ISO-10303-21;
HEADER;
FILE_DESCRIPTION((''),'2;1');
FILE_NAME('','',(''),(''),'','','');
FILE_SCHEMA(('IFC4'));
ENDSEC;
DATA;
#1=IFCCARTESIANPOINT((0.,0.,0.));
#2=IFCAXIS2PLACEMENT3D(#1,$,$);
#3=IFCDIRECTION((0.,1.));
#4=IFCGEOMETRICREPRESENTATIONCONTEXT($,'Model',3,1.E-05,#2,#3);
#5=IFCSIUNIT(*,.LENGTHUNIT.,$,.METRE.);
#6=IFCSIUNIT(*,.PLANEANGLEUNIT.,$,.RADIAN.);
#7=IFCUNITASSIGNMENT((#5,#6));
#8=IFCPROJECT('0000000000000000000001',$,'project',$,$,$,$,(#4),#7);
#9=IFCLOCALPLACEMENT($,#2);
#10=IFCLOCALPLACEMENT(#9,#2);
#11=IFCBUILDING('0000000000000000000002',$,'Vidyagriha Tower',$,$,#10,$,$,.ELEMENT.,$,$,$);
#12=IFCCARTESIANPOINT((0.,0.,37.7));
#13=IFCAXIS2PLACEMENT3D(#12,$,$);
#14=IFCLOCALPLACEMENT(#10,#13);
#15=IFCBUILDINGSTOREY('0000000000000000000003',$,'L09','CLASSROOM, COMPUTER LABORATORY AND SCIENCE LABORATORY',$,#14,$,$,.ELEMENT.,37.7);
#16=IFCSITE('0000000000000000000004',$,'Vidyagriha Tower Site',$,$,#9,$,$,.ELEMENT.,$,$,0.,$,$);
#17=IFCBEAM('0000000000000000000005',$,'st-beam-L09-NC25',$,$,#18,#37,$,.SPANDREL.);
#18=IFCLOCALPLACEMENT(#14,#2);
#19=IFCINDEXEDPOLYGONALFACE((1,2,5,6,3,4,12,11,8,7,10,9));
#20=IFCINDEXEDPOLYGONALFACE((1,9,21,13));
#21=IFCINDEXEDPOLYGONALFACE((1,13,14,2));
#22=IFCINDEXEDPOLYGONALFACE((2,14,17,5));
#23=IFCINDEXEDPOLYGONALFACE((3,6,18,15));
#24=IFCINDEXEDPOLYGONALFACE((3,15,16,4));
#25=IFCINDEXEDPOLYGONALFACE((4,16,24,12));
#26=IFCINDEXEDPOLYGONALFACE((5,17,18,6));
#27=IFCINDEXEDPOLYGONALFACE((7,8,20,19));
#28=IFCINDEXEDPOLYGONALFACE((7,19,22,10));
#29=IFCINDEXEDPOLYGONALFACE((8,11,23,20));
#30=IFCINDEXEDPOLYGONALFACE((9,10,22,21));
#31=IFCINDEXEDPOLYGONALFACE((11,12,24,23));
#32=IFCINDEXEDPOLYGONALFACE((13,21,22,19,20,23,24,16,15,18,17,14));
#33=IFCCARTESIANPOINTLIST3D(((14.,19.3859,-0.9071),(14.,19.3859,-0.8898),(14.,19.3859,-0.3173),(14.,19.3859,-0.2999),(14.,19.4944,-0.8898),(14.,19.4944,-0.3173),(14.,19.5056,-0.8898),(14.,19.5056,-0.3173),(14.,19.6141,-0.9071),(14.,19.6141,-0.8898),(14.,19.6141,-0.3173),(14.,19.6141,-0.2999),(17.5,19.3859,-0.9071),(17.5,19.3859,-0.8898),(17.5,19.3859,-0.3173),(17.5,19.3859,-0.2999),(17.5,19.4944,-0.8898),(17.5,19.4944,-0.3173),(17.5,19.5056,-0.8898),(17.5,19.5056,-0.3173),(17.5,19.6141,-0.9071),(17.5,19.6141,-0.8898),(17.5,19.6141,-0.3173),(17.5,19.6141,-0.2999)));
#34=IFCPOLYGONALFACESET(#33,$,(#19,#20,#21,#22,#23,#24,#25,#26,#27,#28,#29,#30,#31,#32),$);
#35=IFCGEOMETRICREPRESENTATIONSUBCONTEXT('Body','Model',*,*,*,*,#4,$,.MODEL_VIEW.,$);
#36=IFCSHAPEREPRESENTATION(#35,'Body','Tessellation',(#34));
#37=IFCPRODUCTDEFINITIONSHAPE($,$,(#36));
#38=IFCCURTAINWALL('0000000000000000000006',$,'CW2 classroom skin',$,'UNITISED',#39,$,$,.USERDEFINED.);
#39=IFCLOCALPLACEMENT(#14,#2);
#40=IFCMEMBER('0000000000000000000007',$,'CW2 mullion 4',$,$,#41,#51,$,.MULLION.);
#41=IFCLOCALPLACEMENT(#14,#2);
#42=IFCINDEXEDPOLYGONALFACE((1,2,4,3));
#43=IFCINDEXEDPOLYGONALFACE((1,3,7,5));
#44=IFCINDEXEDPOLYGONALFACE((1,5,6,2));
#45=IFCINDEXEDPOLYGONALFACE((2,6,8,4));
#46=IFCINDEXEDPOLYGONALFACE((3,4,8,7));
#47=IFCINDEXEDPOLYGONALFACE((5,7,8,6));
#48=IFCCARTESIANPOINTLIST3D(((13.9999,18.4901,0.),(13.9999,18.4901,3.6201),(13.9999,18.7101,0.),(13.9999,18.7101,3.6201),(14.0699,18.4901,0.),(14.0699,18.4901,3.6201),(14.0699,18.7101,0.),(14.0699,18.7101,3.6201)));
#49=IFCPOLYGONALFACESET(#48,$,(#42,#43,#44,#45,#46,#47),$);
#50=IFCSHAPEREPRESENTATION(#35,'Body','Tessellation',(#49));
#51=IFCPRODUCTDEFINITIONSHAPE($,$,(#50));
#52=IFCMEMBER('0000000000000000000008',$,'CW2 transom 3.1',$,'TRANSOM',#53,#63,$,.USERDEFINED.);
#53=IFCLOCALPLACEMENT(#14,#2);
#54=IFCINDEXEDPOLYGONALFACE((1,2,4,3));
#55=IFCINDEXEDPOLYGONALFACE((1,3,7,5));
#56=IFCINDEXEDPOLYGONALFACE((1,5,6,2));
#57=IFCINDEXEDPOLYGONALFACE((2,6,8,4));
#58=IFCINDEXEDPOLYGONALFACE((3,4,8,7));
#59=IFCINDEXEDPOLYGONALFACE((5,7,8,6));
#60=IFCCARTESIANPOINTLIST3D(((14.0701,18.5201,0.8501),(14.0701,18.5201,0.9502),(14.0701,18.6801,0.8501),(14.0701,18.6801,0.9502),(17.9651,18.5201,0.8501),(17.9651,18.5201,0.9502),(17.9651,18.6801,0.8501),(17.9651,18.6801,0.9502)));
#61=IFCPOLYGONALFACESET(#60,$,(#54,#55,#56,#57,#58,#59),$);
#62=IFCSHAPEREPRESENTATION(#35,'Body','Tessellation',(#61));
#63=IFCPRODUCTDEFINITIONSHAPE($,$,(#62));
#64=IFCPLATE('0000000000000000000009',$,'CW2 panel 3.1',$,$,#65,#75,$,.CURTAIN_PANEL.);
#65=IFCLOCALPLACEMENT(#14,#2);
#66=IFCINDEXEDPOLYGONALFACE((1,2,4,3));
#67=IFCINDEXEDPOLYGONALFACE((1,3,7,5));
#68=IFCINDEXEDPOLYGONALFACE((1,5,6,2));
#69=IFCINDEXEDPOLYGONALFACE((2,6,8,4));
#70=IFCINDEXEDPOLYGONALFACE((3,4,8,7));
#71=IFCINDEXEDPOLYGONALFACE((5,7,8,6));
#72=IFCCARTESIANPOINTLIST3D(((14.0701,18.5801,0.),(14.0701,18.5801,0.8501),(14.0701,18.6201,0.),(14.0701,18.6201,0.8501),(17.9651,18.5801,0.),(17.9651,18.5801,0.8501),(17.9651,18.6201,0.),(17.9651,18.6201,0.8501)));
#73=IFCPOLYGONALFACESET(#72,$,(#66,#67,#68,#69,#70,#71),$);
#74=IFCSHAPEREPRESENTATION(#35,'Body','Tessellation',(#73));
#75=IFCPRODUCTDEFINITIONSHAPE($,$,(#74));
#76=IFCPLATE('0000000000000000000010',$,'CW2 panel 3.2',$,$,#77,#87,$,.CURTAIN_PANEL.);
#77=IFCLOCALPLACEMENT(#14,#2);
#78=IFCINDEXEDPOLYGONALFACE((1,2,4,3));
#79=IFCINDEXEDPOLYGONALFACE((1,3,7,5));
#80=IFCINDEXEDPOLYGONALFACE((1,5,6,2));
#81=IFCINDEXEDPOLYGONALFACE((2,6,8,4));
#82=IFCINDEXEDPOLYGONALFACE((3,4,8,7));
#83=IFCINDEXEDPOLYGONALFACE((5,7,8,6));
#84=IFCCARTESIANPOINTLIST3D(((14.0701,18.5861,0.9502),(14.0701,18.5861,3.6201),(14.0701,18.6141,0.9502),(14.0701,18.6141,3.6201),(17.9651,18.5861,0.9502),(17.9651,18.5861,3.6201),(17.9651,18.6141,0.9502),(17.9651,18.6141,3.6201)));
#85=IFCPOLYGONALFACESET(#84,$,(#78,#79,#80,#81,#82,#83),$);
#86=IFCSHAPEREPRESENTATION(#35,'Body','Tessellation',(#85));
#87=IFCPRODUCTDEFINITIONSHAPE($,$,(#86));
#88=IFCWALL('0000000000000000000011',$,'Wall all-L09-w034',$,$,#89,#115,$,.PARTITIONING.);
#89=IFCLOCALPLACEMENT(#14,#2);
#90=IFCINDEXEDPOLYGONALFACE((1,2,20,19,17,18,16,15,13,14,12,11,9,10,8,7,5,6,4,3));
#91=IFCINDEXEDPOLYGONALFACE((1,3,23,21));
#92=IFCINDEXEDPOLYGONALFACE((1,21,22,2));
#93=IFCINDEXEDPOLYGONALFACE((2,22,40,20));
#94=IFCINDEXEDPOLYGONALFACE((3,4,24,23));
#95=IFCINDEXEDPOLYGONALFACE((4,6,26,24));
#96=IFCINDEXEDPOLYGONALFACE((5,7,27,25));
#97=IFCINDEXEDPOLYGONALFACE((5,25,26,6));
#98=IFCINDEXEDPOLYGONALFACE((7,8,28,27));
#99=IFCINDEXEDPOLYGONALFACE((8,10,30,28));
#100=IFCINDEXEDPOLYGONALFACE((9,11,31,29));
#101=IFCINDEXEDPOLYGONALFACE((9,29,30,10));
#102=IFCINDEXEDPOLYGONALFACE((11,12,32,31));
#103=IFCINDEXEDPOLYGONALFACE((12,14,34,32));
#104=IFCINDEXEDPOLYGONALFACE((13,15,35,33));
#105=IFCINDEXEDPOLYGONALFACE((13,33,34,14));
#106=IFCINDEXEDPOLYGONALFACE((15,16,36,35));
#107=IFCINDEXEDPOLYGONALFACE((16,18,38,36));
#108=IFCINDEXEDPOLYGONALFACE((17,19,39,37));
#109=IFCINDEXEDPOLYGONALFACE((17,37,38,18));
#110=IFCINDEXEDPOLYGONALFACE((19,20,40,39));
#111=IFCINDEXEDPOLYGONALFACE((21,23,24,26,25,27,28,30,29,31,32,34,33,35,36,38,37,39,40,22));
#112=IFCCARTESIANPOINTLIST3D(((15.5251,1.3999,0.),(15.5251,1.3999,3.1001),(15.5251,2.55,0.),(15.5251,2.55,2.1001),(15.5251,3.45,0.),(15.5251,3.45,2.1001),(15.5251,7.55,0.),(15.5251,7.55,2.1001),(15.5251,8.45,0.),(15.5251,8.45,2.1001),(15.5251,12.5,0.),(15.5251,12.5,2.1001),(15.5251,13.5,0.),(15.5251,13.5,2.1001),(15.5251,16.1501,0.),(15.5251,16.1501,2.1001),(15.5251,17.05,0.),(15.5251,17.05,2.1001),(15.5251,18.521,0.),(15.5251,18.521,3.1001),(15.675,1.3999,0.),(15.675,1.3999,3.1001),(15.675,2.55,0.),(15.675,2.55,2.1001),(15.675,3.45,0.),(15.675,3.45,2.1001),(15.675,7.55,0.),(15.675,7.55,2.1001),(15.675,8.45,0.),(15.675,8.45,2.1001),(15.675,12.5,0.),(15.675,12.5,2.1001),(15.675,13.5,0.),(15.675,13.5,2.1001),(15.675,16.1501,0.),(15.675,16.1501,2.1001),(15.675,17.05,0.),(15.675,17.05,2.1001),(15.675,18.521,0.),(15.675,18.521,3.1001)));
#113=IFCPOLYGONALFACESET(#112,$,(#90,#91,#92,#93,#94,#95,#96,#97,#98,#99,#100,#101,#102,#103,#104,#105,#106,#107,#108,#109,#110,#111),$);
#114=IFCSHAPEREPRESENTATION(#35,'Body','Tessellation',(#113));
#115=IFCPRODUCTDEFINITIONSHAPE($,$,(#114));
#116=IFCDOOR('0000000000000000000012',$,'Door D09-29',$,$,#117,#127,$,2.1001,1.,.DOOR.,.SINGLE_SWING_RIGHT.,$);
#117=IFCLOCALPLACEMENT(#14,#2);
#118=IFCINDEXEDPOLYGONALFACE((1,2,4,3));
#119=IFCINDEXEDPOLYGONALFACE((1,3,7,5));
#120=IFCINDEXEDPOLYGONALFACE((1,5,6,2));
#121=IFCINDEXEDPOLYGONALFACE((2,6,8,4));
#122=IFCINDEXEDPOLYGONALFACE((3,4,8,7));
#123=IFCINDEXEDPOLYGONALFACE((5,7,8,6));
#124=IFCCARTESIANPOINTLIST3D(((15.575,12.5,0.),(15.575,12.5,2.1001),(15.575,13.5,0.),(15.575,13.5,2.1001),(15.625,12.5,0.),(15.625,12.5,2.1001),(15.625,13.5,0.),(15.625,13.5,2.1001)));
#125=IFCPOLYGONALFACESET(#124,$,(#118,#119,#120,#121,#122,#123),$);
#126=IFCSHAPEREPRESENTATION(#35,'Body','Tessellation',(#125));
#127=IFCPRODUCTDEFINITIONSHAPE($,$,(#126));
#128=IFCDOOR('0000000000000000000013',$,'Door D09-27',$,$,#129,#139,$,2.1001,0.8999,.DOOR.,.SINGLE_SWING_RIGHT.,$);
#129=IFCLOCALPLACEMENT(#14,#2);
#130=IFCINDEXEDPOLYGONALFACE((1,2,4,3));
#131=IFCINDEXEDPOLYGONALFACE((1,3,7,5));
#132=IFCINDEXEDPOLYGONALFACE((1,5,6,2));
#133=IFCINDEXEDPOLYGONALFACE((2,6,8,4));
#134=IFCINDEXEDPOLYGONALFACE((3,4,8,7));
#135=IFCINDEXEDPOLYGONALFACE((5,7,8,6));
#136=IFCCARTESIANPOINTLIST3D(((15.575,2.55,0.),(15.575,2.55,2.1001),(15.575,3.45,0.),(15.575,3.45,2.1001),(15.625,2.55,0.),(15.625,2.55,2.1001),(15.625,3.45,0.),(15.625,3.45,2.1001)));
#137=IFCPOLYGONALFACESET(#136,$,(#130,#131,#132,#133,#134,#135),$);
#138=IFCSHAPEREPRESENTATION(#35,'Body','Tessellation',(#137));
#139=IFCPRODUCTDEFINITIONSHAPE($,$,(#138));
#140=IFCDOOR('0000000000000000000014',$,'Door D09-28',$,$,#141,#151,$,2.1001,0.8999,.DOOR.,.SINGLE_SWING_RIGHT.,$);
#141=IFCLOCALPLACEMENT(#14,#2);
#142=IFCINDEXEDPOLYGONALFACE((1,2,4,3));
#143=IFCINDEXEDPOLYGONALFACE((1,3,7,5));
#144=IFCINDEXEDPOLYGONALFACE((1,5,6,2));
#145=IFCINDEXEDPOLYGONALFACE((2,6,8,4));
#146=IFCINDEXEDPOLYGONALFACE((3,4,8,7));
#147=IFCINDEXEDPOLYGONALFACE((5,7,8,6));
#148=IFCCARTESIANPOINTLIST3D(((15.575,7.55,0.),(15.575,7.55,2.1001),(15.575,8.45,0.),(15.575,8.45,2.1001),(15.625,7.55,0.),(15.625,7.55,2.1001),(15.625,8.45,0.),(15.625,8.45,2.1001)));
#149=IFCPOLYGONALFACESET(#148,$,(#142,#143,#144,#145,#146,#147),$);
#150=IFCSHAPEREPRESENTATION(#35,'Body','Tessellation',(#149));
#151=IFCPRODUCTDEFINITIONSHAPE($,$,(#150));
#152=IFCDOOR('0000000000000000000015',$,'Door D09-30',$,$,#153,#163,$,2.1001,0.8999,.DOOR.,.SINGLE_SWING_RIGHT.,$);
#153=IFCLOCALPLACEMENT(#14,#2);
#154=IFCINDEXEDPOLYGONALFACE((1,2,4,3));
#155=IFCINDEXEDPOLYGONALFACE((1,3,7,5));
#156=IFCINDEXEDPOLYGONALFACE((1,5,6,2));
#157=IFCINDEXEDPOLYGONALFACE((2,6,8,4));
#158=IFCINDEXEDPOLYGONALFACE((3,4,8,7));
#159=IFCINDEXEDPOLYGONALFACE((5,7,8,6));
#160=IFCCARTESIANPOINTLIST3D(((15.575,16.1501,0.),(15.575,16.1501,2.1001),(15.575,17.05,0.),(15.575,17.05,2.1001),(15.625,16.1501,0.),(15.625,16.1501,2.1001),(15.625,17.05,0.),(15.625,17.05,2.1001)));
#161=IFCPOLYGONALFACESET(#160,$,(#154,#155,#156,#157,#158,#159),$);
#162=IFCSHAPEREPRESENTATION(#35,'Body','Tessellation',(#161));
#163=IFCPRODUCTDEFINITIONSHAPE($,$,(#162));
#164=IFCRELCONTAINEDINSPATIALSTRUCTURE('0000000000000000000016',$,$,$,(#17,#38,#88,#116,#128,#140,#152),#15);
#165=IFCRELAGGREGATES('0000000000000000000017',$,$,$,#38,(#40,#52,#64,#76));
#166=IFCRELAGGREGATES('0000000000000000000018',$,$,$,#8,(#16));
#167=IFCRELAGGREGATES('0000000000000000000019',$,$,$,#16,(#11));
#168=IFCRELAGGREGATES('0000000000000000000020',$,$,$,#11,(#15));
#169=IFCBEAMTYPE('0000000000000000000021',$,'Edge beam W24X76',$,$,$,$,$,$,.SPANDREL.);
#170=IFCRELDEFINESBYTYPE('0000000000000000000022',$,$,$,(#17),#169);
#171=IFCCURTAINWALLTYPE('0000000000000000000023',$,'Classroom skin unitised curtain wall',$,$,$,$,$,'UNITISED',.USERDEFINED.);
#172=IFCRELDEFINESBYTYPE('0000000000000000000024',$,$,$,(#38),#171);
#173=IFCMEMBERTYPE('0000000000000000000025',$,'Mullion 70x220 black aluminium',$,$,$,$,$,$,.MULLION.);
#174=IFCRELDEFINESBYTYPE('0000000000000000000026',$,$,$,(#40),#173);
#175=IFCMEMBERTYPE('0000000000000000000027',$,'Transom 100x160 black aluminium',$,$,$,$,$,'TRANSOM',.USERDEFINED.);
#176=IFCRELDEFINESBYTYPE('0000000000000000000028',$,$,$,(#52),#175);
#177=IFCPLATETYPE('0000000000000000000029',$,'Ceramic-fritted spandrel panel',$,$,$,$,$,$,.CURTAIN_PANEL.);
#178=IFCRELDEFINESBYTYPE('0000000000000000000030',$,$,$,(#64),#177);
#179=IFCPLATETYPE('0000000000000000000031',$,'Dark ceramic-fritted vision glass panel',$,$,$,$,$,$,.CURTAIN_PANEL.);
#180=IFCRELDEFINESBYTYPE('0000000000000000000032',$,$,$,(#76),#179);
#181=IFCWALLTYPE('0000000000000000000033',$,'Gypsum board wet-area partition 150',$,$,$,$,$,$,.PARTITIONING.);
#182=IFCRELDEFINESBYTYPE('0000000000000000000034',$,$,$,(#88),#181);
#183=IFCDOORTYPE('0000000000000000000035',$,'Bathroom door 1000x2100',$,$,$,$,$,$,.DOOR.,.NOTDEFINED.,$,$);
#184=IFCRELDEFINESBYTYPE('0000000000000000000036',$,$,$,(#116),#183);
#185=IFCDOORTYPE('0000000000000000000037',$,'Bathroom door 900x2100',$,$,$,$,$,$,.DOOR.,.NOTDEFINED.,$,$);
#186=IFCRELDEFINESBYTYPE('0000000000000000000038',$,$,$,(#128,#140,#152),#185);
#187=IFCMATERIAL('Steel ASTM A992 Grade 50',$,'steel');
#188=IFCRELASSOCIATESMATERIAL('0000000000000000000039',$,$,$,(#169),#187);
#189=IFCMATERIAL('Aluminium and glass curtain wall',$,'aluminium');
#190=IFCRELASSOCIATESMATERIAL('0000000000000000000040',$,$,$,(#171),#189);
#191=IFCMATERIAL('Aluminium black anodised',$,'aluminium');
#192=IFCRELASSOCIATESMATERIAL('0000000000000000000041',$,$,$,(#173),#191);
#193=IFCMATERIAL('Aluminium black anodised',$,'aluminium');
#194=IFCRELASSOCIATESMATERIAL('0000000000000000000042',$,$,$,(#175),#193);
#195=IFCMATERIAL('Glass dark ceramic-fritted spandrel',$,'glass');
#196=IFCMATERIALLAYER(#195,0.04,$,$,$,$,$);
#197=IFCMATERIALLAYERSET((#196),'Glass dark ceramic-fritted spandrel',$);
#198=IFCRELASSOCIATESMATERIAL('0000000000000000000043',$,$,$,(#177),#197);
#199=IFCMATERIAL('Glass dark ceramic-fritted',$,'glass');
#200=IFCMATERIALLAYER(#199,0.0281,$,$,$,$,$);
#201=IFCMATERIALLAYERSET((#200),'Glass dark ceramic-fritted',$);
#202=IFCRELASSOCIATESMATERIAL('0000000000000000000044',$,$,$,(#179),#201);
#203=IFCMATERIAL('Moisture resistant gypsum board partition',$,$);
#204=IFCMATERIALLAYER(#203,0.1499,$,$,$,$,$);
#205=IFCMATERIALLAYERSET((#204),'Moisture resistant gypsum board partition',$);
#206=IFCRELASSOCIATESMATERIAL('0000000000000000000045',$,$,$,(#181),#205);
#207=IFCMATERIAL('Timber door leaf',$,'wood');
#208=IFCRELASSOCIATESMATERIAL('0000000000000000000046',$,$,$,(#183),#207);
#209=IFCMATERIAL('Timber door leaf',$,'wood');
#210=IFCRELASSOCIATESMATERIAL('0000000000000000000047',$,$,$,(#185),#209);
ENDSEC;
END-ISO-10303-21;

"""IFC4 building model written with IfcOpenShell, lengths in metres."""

from ifc_helpers import new_model, si_unit, direction, frame, frame_2d, origin, origin_2d, place, context, subcontext, project, spatial, rectangle, i_section, extrude, material, layer, layer_set, material_profile, profile_set, type_object, element, fill, aggregate, save


model = new_model("IFC4")

# Units and contexts
model_context = context("Model", 3, precision=1e-05, world=origin(), true_north=direction((0.0, 1.0)))
body_context = subcontext(model_context, "Body", "Model", "MODEL_VIEW")
ifc_project = project(units=[si_unit("LENGTHUNIT", "METRE"), si_unit("PLANEANGLEUNIT", "RADIAN")], contexts=[model_context])

# Site, building, storey
site_placement = place(None, origin())
site = spatial("IfcSite", under=ifc_project, at=site_placement, Name="Vidyagriha Tower Site", CompositionType="ELEMENT", RefElevation=0.0)
building_placement = place(site_placement, origin())
building = spatial("IfcBuilding", under=site, at=building_placement, Name="Vidyagriha Tower", CompositionType="ELEMENT")
storey_placement = place(building_placement, frame((0.0, 0.0, 37.7)))
storey = spatial("IfcBuildingStorey", under=building, at=storey_placement, Name="L09", Description="CLASSROOM, COMPUTER LABORATORY AND SCIENCE LABORATORY", CompositionType="ELEMENT", Elevation=37.7)

# Beam
ifc_material_1 = material(Name="Steel ASTM A992 Grade 50", Category="steel")
ifc_material_profile_1 = material_profile(ifc_material_1, i_section(OverallWidth=0.2283, OverallDepth=0.6072, WebThickness=0.0112, FlangeThickness=0.0173, at=origin_2d()), Name="W24X76")
ifc_profile_set_1 = profile_set([ifc_material_profile_1], Name="Steel ASTM A992 Grade 50")
beam_type = type_object("IfcBeamType", Name="Edge beam W24X76", PredefinedType="SPANDREL", material=ifc_profile_set_1)
beam_placement = place(storey_placement, frame((14.0, 19.5, -0.6035), z_axis=(1.0, 0.0, 0.0), x_axis=(0.0, 1.0, 0.0)))
element("IfcBeam", 1, at=beam_placement, inside=storey, type_object=beam_type, Name="st-beam-L09-NC25", PredefinedType="SPANDREL", context=body_context, shape_type="SweptSolid", body=[
    extrude(i_section(OverallWidth=0.2283, OverallDepth=0.6072, WebThickness=0.0112, FlangeThickness=0.0173, at=origin_2d()), origin(), (0.0, 0.0, 1.0), 3.5),
])

# Curtain wall, members, plates
ifc_material_2 = material(Name="Aluminium and glass curtain wall", Category="aluminium")
curtain_wall_type = type_object("IfcCurtainWallType", Name="Classroom skin unitised curtain wall", ElementType="UNITISED", PredefinedType="USERDEFINED", material=ifc_material_2)
curtain_wall_placement = place(storey_placement, origin())
curtain_wall = element("IfcCurtainWall", 2, at=curtain_wall_placement, inside=storey, type_object=curtain_wall_type, Name="CW2 classroom skin", ObjectType="UNITISED", PredefinedType="USERDEFINED")
ifc_material_3 = material(Name="Aluminium black anodised", Category="aluminium")
ifc_material_profile_2 = material_profile(ifc_material_3, rectangle(XDim=0.22, YDim=0.0701, at=origin_2d()), Name="Mullion 70x220 black aluminium")
ifc_profile_set_2 = profile_set([ifc_material_profile_2], Name="Aluminium black anodised")
member_type_1 = type_object("IfcMemberType", Name="Mullion 70x220 black aluminium", PredefinedType="MULLION", material=ifc_profile_set_2)
member_1_placement = place(storey_placement, frame((14.0349, 18.6001, 0.0), z_axis=(0.0, 0.0, 1.0), x_axis=(0.0, -1.0, 0.0)))
member_1 = element("IfcMember", 3, at=member_1_placement, type_object=member_type_1, Name="CW2 mullion 4", PredefinedType="MULLION", context=body_context, shape_type="SweptSolid", body=[
    extrude(rectangle(XDim=0.22, YDim=0.0701, at=origin_2d()), origin(), (0.0, 0.0, 1.0), 3.6201),
])
ifc_material_4 = material(Name="Aluminium black anodised", Category="aluminium")
ifc_material_profile_3 = material_profile(ifc_material_4, rectangle(XDim=0.1599, YDim=0.1001, at=origin_2d()), Name="Transom 100x160 black aluminium")
ifc_profile_set_3 = profile_set([ifc_material_profile_3], Name="Aluminium black anodised")
member_type_2 = type_object("IfcMemberType", Name="Transom 100x160 black aluminium", ElementType="TRANSOM", PredefinedType="USERDEFINED", material=ifc_profile_set_3)
member_2_placement = place(storey_placement, frame((17.9651, 18.6001, 0.9001), z_axis=(-1.0, 0.0, 0.0), x_axis=(0.0, -1.0, 0.0)))
member_2 = element("IfcMember", 4, at=member_2_placement, type_object=member_type_2, Name="CW2 transom 3.1", ObjectType="TRANSOM", PredefinedType="USERDEFINED", context=body_context, shape_type="SweptSolid", body=[
    extrude(rectangle(XDim=0.1599, YDim=0.1001, at=origin_2d()), origin(), (0.0, 0.0, 1.0), 3.895),
])
ifc_material_5 = material(Name="Glass dark ceramic-fritted spandrel", Category="glass")
ifc_layer_1 = layer(ifc_material_5, 0.04)
ifc_layer_set_1 = layer_set([ifc_layer_1], Name="Glass dark ceramic-fritted spandrel")
plate_type_1 = type_object("IfcPlateType", Name="Ceramic-fritted spandrel panel", PredefinedType="CURTAIN_PANEL", material=ifc_layer_set_1)
plate_1_placement = place(storey_placement, frame((16.0176, 18.6001, 0.0), z_axis=(0.0, 0.0, 1.0), x_axis=(-1.0, 0.0, 0.0)))
plate_1 = element("IfcPlate", 5, at=plate_1_placement, type_object=plate_type_1, Name="CW2 panel 3.1", PredefinedType="CURTAIN_PANEL", context=body_context, shape_type="SweptSolid", body=[
    extrude(rectangle(XDim=3.895, YDim=0.04, at=origin_2d()), origin(), (0.0, 0.0, 1.0), 0.8501),
])
ifc_material_6 = material(Name="Glass dark ceramic-fritted", Category="glass")
ifc_layer_2 = layer(ifc_material_6, 0.0281)
ifc_layer_set_2 = layer_set([ifc_layer_2], Name="Glass dark ceramic-fritted")
plate_type_2 = type_object("IfcPlateType", Name="Dark ceramic-fritted vision glass panel", PredefinedType="CURTAIN_PANEL", material=ifc_layer_set_2)
plate_2_placement = place(storey_placement, frame((16.0176, 18.6001, 0.9502), z_axis=(0.0, 0.0, 1.0), x_axis=(-1.0, 0.0, 0.0)))
plate_2 = element("IfcPlate", 6, at=plate_2_placement, type_object=plate_type_2, Name="CW2 panel 3.2", PredefinedType="CURTAIN_PANEL", context=body_context, shape_type="SweptSolid", body=[
    extrude(rectangle(XDim=3.895, YDim=0.0281, at=origin_2d()), origin(), (0.0, 0.0, 1.0), 2.6699),
])
aggregate(curtain_wall, [member_1, member_2, plate_1, plate_2])

# Wall, openings, doors
ifc_material_7 = material(Name="Moisture resistant gypsum board partition")
ifc_layer_3 = layer(ifc_material_7, 0.1499)
ifc_layer_set_3 = layer_set([ifc_layer_3], Name="Moisture resistant gypsum board partition")
wall_type = type_object("IfcWallType", Name="Gypsum board wet-area partition 150", PredefinedType="PARTITIONING", material=ifc_layer_set_3)
wall_placement = place(storey_placement, frame((15.6001, 18.521, 0.0), z_axis=(0.0, 0.0, 1.0), x_axis=(0.0, -1.0, 0.0)))
wall = element("IfcWall", 7, at=wall_placement, inside=storey, type_object=wall_type, Name="Wall all-L09-w034", PredefinedType="PARTITIONING", context=body_context, shape_type="SweptSolid", body=[
    extrude(rectangle(XDim=17.1211, YDim=0.1499, at=frame_2d((8.5605, 0.0))), origin(), (0.0, 0.0, 1.0), 3.1001),
])
opening_1_placement = place(wall_placement, frame((15.071, 0.0, 0.0)))
opening_1 = element("IfcOpeningElement", 8, at=opening_1_placement, cuts=wall, PredefinedType="OPENING", context=body_context, shape_type="SweptSolid", body=[
    extrude(rectangle(XDim=0.8999, YDim=2.1001, at=frame_2d((0.45, 1.05))), frame((0.0, 0.085, 0.0), z_axis=(0.0, -1.0, 0.0), x_axis=(1.0, 0.0, 0.0)), (0.0, 0.0, 1.0), 0.1699),
])
opening_2_placement = place(wall_placement, frame((10.071, 0.0, 0.0)))
opening_2 = element("IfcOpeningElement", 9, at=opening_2_placement, cuts=wall, PredefinedType="OPENING", context=body_context, shape_type="SweptSolid", body=[
    extrude(rectangle(XDim=0.8999, YDim=2.1001, at=frame_2d((0.45, 1.05))), frame((0.0, 0.085, 0.0), z_axis=(0.0, -1.0, 0.0), x_axis=(1.0, 0.0, 0.0)), (0.0, 0.0, 1.0), 0.1699),
])
opening_3_placement = place(wall_placement, frame((5.021, 0.0, 0.0)))
opening_3 = element("IfcOpeningElement", 10, at=opening_3_placement, cuts=wall, PredefinedType="OPENING", context=body_context, shape_type="SweptSolid", body=[
    extrude(rectangle(XDim=1.0, YDim=2.1001, at=frame_2d((0.5, 1.05))), frame((0.0, 0.085, 0.0), z_axis=(0.0, -1.0, 0.0), x_axis=(1.0, 0.0, 0.0)), (0.0, 0.0, 1.0), 0.1699),
])
opening_4_placement = place(wall_placement, frame((1.4709, 0.0, 0.0)))
opening_4 = element("IfcOpeningElement", 11, at=opening_4_placement, cuts=wall, PredefinedType="OPENING", context=body_context, shape_type="SweptSolid", body=[
    extrude(rectangle(XDim=0.8999, YDim=2.1001, at=frame_2d((0.45, 1.05))), frame((0.0, 0.085, 0.0), z_axis=(0.0, -1.0, 0.0), x_axis=(1.0, 0.0, 0.0)), (0.0, 0.0, 1.0), 0.1699),
])
ifc_material_8 = material(Name="Timber door leaf", Category="wood")
door_type_1 = type_object("IfcDoorType", Name="Bathroom door 1000x2100", OperationType="NOTDEFINED", PredefinedType="DOOR", material=ifc_material_8)
door_1_placement = place(opening_3_placement, origin())
door_1 = element("IfcDoor", 12, at=door_1_placement, inside=storey, type_object=door_type_1, Name="Door D09-29", OperationType="SINGLE_SWING_RIGHT", OverallHeight=2.1001, OverallWidth=1.0, PredefinedType="DOOR", context=body_context, shape_type="SweptSolid", body=[
    extrude(rectangle(XDim=1.0, YDim=2.1001, at=frame_2d((0.5, 1.05))), frame((0.0, 0.0249, 0.0), z_axis=(0.0, -1.0, 0.0), x_axis=(1.0, 0.0, 0.0)), (0.0, 0.0, 1.0), 0.05),
])
fill(opening_3, door_1)
ifc_material_9 = material(Name="Timber door leaf", Category="wood")
door_type_2 = type_object("IfcDoorType", Name="Bathroom door 900x2100", OperationType="NOTDEFINED", PredefinedType="DOOR", material=ifc_material_9)
door_2_placement = place(opening_1_placement, origin())
door_2 = element("IfcDoor", 13, at=door_2_placement, inside=storey, type_object=door_type_2, Name="Door D09-27", OperationType="SINGLE_SWING_RIGHT", OverallHeight=2.1001, OverallWidth=0.8999, PredefinedType="DOOR", context=body_context, shape_type="SweptSolid", body=[
    extrude(rectangle(XDim=0.8999, YDim=2.1001, at=frame_2d((0.45, 1.05))), frame((0.0, 0.0249, 0.0), z_axis=(0.0, -1.0, 0.0), x_axis=(1.0, 0.0, 0.0)), (0.0, 0.0, 1.0), 0.05),
])
fill(opening_1, door_2)
door_3_placement = place(opening_2_placement, origin())
door_3 = element("IfcDoor", 14, at=door_3_placement, inside=storey, type_object=door_type_2, Name="Door D09-28", OperationType="SINGLE_SWING_RIGHT", OverallHeight=2.1001, OverallWidth=0.8999, PredefinedType="DOOR", context=body_context, shape_type="SweptSolid", body=[
    extrude(rectangle(XDim=0.8999, YDim=2.1001, at=frame_2d((0.45, 1.05))), frame((0.0, 0.0249, 0.0), z_axis=(0.0, -1.0, 0.0), x_axis=(1.0, 0.0, 0.0)), (0.0, 0.0, 1.0), 0.05),
])
fill(opening_2, door_3)
door_4_placement = place(opening_4_placement, origin())
door_4 = element("IfcDoor", 15, at=door_4_placement, inside=storey, type_object=door_type_2, Name="Door D09-30", OperationType="SINGLE_SWING_RIGHT", OverallHeight=2.1001, OverallWidth=0.8999, PredefinedType="DOOR", context=body_context, shape_type="SweptSolid", body=[
    extrude(rectangle(XDim=0.8999, YDim=2.1001, at=frame_2d((0.45, 1.05))), frame((0.0, 0.0249, 0.0), z_axis=(0.0, -1.0, 0.0), x_axis=(1.0, 0.0, 0.0)), (0.0, 0.0, 1.0), 0.05),
])
fill(opening_4, door_4)

save(model, "model.ifc")
